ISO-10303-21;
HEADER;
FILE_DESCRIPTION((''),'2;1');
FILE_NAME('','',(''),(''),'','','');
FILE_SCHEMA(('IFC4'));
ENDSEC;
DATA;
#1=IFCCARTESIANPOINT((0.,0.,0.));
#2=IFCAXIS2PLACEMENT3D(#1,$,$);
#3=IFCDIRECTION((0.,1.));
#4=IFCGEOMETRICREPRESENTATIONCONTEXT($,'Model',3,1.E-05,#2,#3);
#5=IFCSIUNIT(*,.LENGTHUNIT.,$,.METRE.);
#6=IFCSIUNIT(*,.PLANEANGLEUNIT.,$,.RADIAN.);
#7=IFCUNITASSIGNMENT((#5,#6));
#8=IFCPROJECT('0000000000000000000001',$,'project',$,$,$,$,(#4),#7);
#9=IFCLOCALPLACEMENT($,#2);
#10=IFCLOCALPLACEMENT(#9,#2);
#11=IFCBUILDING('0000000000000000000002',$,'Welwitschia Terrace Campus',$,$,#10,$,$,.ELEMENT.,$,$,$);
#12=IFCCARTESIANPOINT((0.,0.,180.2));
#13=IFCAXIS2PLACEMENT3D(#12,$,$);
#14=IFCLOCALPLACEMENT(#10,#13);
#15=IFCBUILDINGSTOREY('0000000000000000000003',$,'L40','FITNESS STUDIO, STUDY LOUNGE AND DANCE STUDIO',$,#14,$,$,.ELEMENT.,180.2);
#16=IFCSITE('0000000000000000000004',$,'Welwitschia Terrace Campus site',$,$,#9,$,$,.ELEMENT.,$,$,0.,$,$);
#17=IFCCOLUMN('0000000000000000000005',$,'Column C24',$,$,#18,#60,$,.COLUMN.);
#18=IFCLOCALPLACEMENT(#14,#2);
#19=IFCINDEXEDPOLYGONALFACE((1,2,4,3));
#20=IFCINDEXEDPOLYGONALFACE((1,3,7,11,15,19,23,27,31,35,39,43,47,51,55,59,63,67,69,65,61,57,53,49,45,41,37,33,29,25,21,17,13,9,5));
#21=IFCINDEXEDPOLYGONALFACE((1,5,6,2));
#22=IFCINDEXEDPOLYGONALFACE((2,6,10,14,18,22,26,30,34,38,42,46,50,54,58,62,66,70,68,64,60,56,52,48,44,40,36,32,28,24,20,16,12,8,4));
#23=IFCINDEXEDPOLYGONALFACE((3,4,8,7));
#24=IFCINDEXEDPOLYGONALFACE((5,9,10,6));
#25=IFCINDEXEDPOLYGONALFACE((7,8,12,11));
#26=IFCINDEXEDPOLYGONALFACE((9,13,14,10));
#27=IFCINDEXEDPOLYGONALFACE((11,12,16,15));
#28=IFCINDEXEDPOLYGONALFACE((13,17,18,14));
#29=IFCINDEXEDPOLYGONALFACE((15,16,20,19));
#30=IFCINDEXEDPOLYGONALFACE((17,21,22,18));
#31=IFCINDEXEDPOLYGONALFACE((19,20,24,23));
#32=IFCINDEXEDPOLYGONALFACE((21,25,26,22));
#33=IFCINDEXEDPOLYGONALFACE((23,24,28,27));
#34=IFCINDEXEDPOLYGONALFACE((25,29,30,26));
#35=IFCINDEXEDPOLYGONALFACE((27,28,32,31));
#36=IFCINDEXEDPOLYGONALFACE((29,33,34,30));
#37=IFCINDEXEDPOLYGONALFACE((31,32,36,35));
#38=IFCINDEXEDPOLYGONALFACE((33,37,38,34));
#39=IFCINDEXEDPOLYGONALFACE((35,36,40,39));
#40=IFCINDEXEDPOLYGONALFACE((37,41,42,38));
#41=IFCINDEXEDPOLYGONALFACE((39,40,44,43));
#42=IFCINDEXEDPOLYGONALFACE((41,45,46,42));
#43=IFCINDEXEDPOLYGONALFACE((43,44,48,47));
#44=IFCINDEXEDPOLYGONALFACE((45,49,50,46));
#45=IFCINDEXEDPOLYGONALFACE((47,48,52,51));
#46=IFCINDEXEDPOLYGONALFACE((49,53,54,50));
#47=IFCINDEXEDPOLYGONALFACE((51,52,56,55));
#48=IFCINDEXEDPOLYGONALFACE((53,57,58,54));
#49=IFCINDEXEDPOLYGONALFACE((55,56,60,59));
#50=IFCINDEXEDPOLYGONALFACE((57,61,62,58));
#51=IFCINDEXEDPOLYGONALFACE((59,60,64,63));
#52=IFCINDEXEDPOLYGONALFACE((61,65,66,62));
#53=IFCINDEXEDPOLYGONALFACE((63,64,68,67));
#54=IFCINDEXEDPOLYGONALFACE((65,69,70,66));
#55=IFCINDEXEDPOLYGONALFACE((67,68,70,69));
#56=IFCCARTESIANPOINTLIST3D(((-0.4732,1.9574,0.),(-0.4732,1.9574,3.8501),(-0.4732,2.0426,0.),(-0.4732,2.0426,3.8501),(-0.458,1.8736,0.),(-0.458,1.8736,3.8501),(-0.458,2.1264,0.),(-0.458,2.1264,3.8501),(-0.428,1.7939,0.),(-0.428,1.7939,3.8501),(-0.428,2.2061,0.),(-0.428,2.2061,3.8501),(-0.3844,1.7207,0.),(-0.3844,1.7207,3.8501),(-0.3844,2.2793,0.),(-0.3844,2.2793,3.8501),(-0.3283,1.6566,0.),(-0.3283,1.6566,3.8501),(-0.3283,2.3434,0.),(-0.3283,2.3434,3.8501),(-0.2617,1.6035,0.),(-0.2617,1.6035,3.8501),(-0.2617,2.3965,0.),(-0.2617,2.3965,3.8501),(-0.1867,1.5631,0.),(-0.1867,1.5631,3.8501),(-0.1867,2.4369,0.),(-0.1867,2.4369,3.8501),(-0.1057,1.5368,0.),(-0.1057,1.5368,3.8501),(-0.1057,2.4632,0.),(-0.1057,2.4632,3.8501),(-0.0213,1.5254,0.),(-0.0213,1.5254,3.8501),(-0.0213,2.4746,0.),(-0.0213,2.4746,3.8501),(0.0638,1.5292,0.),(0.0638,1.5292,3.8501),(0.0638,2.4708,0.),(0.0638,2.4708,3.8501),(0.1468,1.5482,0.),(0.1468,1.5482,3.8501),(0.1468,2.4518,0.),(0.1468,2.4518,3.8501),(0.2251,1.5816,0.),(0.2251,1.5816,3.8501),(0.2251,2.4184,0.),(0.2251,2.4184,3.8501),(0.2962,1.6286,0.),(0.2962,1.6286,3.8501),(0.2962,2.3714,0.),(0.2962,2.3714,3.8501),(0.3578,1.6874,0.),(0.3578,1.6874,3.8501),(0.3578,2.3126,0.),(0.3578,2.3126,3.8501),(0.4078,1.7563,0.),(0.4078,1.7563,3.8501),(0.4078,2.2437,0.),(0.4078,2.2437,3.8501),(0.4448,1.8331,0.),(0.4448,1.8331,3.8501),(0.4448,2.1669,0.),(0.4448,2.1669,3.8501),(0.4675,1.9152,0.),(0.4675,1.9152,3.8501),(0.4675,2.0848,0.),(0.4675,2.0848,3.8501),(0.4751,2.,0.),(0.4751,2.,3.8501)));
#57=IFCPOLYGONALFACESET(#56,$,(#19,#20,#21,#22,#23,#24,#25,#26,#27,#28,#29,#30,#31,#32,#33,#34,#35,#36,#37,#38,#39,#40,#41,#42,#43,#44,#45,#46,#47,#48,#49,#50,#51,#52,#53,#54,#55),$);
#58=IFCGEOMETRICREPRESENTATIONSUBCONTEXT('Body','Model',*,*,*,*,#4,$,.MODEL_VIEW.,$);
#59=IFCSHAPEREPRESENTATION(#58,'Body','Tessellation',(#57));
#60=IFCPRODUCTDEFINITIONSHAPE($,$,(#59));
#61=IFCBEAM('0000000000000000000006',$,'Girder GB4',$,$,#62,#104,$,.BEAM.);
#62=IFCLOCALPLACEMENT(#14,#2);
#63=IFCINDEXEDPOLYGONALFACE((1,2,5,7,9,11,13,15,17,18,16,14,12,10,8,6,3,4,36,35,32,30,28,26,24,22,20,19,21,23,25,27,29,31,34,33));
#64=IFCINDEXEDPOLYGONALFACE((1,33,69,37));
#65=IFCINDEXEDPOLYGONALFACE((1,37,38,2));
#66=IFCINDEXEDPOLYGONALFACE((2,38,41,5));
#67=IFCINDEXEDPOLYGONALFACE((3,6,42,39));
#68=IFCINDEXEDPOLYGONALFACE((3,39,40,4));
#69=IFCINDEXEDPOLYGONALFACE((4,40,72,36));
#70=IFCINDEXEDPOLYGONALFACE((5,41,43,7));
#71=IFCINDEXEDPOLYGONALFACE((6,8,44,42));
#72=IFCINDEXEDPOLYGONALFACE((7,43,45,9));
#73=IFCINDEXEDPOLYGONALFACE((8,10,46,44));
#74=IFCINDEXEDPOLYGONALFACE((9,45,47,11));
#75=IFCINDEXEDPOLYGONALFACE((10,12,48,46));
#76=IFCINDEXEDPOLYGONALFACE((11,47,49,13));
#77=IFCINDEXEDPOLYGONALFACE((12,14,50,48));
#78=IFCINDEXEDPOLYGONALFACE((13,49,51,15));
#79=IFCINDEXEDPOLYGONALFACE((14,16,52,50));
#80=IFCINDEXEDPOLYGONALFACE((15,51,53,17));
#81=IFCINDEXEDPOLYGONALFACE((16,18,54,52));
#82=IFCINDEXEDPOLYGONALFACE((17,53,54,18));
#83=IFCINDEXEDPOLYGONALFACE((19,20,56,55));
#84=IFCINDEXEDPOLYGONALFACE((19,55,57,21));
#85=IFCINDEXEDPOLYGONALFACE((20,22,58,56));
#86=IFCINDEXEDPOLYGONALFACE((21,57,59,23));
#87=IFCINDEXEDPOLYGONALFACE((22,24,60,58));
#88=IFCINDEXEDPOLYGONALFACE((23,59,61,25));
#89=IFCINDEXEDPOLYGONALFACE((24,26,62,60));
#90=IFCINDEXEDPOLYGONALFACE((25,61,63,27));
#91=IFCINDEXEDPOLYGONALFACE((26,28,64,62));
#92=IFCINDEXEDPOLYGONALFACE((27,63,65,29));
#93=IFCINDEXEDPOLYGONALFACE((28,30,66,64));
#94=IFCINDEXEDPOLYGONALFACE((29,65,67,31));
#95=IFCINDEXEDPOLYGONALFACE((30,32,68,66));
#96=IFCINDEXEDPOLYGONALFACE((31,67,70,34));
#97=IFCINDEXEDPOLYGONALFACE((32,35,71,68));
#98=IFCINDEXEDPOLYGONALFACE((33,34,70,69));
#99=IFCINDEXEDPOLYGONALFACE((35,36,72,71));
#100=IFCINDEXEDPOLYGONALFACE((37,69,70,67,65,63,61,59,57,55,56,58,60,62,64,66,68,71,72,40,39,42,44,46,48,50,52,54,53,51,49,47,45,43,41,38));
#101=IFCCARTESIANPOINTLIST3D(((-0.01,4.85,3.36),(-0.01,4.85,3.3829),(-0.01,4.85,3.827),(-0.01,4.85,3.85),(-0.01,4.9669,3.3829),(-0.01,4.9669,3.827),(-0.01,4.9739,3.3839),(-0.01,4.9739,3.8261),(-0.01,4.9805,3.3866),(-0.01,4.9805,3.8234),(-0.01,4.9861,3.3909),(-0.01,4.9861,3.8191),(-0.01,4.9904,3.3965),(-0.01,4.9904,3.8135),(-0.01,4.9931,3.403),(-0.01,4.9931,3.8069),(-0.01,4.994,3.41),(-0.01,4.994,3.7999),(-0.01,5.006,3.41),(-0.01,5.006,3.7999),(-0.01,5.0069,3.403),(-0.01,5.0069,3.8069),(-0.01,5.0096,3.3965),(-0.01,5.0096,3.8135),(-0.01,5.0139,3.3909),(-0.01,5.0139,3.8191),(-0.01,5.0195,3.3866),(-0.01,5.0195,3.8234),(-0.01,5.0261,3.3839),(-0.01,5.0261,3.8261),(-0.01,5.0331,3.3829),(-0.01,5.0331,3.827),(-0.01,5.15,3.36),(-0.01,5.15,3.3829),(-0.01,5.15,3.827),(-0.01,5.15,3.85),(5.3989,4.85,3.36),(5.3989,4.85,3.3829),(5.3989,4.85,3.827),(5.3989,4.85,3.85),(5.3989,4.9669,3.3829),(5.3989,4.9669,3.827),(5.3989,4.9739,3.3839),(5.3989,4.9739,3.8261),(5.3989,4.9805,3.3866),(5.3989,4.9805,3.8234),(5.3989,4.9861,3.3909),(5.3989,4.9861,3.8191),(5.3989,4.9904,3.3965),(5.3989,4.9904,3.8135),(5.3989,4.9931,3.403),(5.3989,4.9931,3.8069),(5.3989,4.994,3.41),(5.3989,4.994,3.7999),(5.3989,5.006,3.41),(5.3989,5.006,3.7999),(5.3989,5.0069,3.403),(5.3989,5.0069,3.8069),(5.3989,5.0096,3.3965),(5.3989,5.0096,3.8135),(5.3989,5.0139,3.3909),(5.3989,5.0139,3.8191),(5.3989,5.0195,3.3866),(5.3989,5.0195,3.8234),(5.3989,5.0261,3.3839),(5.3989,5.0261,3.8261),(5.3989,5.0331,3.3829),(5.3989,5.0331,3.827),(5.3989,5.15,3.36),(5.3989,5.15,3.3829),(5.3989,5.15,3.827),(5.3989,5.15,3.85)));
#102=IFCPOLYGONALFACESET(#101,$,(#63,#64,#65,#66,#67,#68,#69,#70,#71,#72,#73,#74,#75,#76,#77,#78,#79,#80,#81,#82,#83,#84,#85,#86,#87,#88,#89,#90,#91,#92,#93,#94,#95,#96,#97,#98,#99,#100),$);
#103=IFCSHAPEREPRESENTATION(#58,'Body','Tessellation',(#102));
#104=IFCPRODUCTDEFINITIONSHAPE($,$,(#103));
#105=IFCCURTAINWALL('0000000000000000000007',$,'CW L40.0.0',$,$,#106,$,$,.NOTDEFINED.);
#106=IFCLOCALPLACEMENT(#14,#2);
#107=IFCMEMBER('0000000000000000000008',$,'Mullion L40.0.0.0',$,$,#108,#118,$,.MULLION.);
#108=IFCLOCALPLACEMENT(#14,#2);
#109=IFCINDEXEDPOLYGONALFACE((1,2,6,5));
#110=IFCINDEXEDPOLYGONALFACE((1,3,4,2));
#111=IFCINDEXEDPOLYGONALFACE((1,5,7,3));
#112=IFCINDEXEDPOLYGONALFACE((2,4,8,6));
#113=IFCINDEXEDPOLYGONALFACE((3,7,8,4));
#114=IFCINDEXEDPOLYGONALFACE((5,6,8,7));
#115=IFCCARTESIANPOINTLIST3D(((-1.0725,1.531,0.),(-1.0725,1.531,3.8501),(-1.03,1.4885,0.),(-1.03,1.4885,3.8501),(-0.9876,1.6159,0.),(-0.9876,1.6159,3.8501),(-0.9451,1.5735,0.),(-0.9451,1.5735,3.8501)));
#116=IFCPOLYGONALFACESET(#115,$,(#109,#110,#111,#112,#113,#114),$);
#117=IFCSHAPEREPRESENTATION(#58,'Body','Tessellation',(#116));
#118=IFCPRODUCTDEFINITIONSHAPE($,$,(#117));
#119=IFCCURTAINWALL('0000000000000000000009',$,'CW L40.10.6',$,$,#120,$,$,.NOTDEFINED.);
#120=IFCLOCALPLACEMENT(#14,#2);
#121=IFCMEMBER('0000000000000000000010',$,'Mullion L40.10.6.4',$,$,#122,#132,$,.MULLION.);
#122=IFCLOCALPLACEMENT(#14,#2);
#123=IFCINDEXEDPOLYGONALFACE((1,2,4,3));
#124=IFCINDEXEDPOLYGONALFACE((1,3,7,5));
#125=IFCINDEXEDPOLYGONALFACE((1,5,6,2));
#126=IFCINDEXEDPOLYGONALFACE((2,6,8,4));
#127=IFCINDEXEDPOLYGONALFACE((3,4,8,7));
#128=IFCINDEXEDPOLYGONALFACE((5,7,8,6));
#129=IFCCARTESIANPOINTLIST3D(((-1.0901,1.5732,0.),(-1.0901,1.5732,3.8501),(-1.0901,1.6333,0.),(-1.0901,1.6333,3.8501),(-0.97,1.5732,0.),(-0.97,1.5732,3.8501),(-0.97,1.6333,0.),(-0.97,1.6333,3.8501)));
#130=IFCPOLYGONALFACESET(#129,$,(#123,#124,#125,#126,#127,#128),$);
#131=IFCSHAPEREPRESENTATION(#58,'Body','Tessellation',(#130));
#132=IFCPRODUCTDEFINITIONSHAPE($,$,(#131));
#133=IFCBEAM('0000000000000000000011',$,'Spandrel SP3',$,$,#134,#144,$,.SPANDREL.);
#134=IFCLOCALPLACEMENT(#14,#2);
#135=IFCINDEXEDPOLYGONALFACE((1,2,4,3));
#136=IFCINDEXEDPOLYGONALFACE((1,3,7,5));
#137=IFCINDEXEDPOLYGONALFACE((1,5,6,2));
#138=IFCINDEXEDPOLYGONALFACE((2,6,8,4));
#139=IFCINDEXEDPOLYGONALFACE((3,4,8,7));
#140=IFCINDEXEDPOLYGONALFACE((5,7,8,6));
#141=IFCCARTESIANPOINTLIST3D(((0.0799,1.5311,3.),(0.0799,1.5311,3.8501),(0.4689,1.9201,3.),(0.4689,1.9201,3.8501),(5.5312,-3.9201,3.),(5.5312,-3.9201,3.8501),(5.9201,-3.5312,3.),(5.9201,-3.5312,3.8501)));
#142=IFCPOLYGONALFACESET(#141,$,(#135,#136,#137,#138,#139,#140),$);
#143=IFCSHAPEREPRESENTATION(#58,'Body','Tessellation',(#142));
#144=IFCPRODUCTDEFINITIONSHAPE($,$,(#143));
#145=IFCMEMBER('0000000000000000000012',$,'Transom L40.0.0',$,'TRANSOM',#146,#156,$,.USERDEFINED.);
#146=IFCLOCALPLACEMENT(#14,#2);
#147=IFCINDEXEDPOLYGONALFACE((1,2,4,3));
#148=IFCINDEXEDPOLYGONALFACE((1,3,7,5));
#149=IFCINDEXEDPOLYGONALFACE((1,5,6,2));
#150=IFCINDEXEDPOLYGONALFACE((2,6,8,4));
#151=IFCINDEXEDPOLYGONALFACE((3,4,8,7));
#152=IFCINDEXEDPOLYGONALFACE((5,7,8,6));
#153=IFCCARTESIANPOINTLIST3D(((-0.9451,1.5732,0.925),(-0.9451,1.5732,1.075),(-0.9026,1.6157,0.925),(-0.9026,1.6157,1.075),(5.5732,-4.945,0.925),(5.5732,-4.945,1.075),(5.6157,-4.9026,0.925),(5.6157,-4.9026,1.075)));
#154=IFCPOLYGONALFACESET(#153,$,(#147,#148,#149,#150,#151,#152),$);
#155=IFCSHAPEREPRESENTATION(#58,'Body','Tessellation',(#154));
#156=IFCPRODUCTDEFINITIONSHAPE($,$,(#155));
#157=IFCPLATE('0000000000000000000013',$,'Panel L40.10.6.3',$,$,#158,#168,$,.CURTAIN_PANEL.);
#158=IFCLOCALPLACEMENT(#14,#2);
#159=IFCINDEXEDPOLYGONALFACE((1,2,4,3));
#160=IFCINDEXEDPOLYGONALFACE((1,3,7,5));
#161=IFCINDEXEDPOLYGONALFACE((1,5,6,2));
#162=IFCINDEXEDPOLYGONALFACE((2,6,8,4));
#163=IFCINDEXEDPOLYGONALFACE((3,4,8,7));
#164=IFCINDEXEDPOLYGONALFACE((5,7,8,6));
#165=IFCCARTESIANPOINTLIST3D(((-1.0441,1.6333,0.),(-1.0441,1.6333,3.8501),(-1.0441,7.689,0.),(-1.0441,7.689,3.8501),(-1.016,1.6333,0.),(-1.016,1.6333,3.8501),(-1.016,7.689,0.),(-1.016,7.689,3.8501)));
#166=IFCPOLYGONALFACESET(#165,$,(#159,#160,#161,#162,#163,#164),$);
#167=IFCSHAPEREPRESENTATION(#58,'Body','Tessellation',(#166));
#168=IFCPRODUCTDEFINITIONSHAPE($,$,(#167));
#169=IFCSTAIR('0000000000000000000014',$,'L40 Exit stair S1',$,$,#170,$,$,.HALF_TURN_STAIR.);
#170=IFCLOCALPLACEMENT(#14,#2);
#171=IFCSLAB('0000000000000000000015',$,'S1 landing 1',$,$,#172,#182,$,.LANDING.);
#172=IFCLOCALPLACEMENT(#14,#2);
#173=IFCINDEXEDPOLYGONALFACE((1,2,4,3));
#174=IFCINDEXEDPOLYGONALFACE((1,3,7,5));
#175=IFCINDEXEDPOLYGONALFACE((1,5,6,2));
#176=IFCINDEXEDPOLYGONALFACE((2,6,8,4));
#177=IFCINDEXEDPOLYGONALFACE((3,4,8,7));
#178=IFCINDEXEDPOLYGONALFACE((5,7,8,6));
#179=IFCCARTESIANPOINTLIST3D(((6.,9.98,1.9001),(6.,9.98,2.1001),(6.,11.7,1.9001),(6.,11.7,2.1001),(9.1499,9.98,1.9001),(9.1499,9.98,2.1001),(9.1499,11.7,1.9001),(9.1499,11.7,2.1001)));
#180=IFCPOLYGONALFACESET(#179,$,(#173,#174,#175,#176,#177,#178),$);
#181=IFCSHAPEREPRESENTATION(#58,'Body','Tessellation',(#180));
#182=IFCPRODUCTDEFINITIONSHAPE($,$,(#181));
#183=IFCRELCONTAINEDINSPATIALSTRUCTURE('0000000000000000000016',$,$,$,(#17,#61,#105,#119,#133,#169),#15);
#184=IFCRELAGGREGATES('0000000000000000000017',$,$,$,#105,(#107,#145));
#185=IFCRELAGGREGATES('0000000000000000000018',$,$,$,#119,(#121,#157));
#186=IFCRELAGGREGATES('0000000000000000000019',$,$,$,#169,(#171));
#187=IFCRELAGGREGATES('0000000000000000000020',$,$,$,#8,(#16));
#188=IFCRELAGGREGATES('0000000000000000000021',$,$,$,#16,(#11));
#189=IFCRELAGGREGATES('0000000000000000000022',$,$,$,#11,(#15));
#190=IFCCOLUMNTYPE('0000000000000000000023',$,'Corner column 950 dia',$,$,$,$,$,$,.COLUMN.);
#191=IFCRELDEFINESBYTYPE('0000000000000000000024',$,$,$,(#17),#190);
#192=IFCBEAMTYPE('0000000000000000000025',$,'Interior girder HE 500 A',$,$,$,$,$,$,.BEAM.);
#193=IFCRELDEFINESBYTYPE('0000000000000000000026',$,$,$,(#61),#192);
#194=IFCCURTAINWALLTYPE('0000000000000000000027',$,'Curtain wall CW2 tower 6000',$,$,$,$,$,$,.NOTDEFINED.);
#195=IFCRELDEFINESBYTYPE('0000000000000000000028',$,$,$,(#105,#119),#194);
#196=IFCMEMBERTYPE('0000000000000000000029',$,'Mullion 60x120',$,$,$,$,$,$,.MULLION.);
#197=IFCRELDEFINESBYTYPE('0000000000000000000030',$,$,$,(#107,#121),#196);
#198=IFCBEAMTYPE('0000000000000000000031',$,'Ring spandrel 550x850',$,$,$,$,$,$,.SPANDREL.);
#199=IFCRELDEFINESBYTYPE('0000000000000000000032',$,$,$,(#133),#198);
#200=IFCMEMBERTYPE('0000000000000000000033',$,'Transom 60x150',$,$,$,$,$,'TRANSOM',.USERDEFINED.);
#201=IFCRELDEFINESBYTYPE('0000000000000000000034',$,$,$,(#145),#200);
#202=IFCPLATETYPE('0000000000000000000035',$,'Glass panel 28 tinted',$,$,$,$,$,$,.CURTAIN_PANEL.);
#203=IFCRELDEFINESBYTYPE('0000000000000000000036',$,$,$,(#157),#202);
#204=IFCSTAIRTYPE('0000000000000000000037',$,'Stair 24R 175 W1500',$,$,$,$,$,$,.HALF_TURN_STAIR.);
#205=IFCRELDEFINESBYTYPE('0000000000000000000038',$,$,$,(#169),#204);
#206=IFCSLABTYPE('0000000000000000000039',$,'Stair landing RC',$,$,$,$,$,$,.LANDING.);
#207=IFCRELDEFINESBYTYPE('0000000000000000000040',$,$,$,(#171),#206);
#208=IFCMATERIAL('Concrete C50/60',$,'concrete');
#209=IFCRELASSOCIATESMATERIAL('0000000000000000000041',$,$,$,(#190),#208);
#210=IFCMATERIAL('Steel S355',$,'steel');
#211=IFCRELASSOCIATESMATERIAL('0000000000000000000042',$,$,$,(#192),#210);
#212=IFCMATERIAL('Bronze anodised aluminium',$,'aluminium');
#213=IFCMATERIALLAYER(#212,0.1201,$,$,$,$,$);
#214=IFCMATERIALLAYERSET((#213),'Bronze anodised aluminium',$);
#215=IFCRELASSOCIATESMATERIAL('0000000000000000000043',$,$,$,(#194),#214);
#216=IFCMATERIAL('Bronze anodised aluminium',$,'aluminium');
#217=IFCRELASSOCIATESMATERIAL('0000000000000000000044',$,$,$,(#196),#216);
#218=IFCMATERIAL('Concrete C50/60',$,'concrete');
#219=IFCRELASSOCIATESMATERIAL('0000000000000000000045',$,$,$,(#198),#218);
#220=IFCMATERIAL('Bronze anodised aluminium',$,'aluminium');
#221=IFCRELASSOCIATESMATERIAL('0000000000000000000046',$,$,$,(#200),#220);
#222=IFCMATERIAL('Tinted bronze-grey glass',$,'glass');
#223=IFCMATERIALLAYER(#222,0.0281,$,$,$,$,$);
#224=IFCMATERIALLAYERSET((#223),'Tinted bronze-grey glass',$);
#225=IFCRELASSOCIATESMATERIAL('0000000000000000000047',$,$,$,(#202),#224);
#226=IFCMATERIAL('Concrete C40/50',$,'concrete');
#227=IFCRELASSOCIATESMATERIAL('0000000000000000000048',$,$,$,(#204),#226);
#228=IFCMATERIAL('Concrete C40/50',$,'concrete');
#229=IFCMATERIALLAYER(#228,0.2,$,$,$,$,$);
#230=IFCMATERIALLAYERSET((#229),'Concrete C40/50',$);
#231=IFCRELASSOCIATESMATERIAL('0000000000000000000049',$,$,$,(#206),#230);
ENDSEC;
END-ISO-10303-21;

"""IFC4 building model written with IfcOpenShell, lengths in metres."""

from ifc_helpers import new_model, si_unit, direction, frame, origin, origin_2d, place, context, subcontext, project, spatial, polyline, rectangle, circle, i_section, outline, extrude, material, layer, layer_set, material_profile, profile_set, type_object, element, aggregate, save


model = new_model("IFC4")

# Units and contexts
model_context = context("Model", 3, precision=1e-05, world=origin(), true_north=direction((0.0, 1.0)))
body_context = subcontext(model_context, "Body", "Model", "MODEL_VIEW")
ifc_project = project(units=[si_unit("LENGTHUNIT", "METRE"), si_unit("PLANEANGLEUNIT", "RADIAN")], contexts=[model_context])

# Site, building, storey
site_placement = place(None, origin())
site = spatial("IfcSite", under=ifc_project, at=site_placement, Name="Welwitschia Terrace Campus site", CompositionType="ELEMENT", RefElevation=0.0)
building_placement = place(site_placement, origin())
building = spatial("IfcBuilding", under=site, at=building_placement, Name="Welwitschia Terrace Campus", CompositionType="ELEMENT")
storey_placement = place(building_placement, frame((0.0, 0.0, 180.2)))
storey = spatial("IfcBuildingStorey", under=building, at=storey_placement, Name="L40", Description="FITNESS STUDIO, STUDY LOUNGE AND DANCE STUDIO", CompositionType="ELEMENT", Elevation=180.2)

# Column
ifc_material_1 = material(Name="Concrete C50/60", Category="concrete")
ifc_material_profile_1 = material_profile(ifc_material_1, circle(Radius=0.4751, at=origin_2d()))
ifc_profile_set_1 = profile_set([ifc_material_profile_1], Name="Concrete C50/60")
column_type = type_object("IfcColumnType", Name="Corner column 950 dia", PredefinedType="COLUMN", material=ifc_profile_set_1)
column_placement = place(storey_placement, frame((0.0, 2.0, 0.0), z_axis=(0.0, 0.0, 1.0), x_axis=(1.0, 0.0, 0.0)))
element("IfcColumn", 1, at=column_placement, inside=storey, type_object=column_type, Name="Column C24", PredefinedType="COLUMN", context=body_context, shape_type="SweptSolid", body=[
    extrude(circle(Radius=0.4751, at=origin_2d()), origin(), (0.0, 0.0, 1.0), 3.8501),
])

# Beam
ifc_material_2 = material(Name="Steel S355", Category="steel")
ifc_material_profile_2 = material_profile(ifc_material_2, i_section(OverallWidth=0.3, OverallDepth=0.49, WebThickness=0.012, FlangeThickness=0.0229, FilletRadius=0.0271, at=origin_2d()))
ifc_profile_set_2 = profile_set([ifc_material_profile_2], Name="Steel S355")
beam_type_1 = type_object("IfcBeamType", Name="Interior girder HE 500 A", PredefinedType="BEAM", material=ifc_profile_set_2)
beam_1_placement = place(storey_placement, frame((-0.01, 5.0, 3.605), z_axis=(1.0, 0.0, 0.0), x_axis=(0.0, 1.0, 0.0)))
element("IfcBeam", 2, at=beam_1_placement, inside=storey, type_object=beam_type_1, Name="Girder GB4", PredefinedType="BEAM", context=body_context, shape_type="SweptSolid", body=[
    extrude(i_section(OverallWidth=0.3, OverallDepth=0.49, WebThickness=0.012, FlangeThickness=0.0229, FilletRadius=0.0271, at=origin_2d()), origin(), (0.0, 0.0, 1.0), 5.4089),
])

# Curtain walls, members
ifc_material_3 = material(Name="Bronze anodised aluminium", Category="aluminium")
ifc_layer_1 = layer(ifc_material_3, 0.1201)
ifc_layer_set_1 = layer_set([ifc_layer_1], Name="Bronze anodised aluminium")
curtain_wall_type = type_object("IfcCurtainWallType", Name="Curtain wall CW2 tower 6000", PredefinedType="NOTDEFINED", material=ifc_layer_set_1)
curtain_wall_1_placement = place(storey_placement, origin())
curtain_wall_1 = element("IfcCurtainWall", 3, at=curtain_wall_1_placement, inside=storey, type_object=curtain_wall_type, Name="CW L40.0.0", PredefinedType="NOTDEFINED")
ifc_material_4 = material(Name="Bronze anodised aluminium", Category="aluminium")
ifc_material_profile_3 = material_profile(ifc_material_4, rectangle(XDim=0.1201, YDim=0.0601, at=origin_2d()))
ifc_profile_set_3 = profile_set([ifc_material_profile_3], Name="Bronze anodised aluminium")
member_type_1 = type_object("IfcMemberType", Name="Mullion 60x120", PredefinedType="MULLION", material=ifc_profile_set_3)
member_1_placement = place(storey_placement, frame((-1.0088, 1.5522, 0.0), z_axis=(0.0, 0.0, 1.0), x_axis=(0.707107, 0.707107, 0.0)))
member_1 = element("IfcMember", 4, at=member_1_placement, type_object=member_type_1, Name="Mullion L40.0.0.0", PredefinedType="MULLION", context=body_context, shape_type="SweptSolid", body=[
    extrude(rectangle(XDim=0.1201, YDim=0.0601, at=origin_2d()), origin(), (0.0, 0.0, 1.0), 3.8501),
])
curtain_wall_2_placement = place(storey_placement, origin())
curtain_wall_2 = element("IfcCurtainWall", 5, at=curtain_wall_2_placement, inside=storey, type_object=curtain_wall_type, Name="CW L40.10.6", PredefinedType="NOTDEFINED")
member_2_placement = place(storey_placement, frame((-1.03, 1.6033, 0.0), z_axis=(0.0, 0.0, 1.0), x_axis=(1.0, 0.0, 0.0)))
member_2 = element("IfcMember", 6, at=member_2_placement, type_object=member_type_1, Name="Mullion L40.10.6.4", PredefinedType="MULLION", context=body_context, shape_type="SweptSolid", body=[
    extrude(rectangle(XDim=0.1201, YDim=0.0601, at=origin_2d()), origin(), (0.0, 0.0, 1.0), 3.8501),
])

# Beam
ifc_material_5 = material(Name="Concrete C50/60", Category="concrete")
ifc_material_profile_4 = material_profile(ifc_material_5, rectangle(XDim=0.55, YDim=0.8501, at=origin_2d()))
ifc_profile_set_4 = profile_set([ifc_material_profile_4], Name="Concrete C50/60")
beam_type_2 = type_object("IfcBeamType", Name="Ring spandrel 550x850", PredefinedType="SPANDREL", material=ifc_profile_set_4)
beam_2_placement = place(storey_placement, frame((0.2744, 1.7256, 3.425), z_axis=(0.707107, -0.707107, 0.0), x_axis=(0.707107, 0.707107, 0.0)))
element("IfcBeam", 7, at=beam_2_placement, inside=storey, type_object=beam_type_2, Name="Spandrel SP3", PredefinedType="SPANDREL", context=body_context, shape_type="SweptSolid", body=[
    extrude(rectangle(XDim=0.55, YDim=0.8501, at=origin_2d()), origin(), (0.0, 0.0, 1.0), 7.7092),
])

# Member
ifc_material_6 = material(Name="Bronze anodised aluminium", Category="aluminium")
ifc_material_profile_5 = material_profile(ifc_material_6, rectangle(XDim=0.0601, YDim=0.1499, at=origin_2d()))
ifc_profile_set_5 = profile_set([ifc_material_profile_5], Name="Bronze anodised aluminium")
member_type_2 = type_object("IfcMemberType", Name="Transom 60x150", ElementType="TRANSOM", PredefinedType="USERDEFINED", material=ifc_profile_set_5)
member_3_placement = place(storey_placement, frame((-0.9238, 1.5945, 1.0), z_axis=(0.707107, -0.707107, 0.0), x_axis=(0.707107, 0.707107, 0.0)))
member_3 = element("IfcMember", 8, at=member_3_placement, type_object=member_type_2, Name="Transom L40.0.0", ObjectType="TRANSOM", PredefinedType="USERDEFINED", context=body_context, shape_type="SweptSolid", body=[
    extrude(rectangle(XDim=0.0601, YDim=0.1499, at=origin_2d()), origin(), (0.0, 0.0, 1.0), 9.2183),
])
aggregate(curtain_wall_1, [member_1, member_3])

# Plate
ifc_material_7 = material(Name="Tinted bronze-grey glass", Category="glass")
ifc_layer_2 = layer(ifc_material_7, 0.0281)
ifc_layer_set_2 = layer_set([ifc_layer_2], Name="Tinted bronze-grey glass")
plate_type = type_object("IfcPlateType", Name="Glass panel 28 tinted", PredefinedType="CURTAIN_PANEL", material=ifc_layer_set_2)
plate_placement = place(storey_placement, frame((-1.03, 4.6611, 0.0), z_axis=(0.0, 0.0, 1.0), x_axis=(0.0, -1.0, 0.0)))
plate = element("IfcPlate", 9, at=plate_placement, type_object=plate_type, Name="Panel L40.10.6.3", PredefinedType="CURTAIN_PANEL", context=body_context, shape_type="SweptSolid", body=[
    extrude(rectangle(XDim=6.0557, YDim=0.0281, at=origin_2d()), origin(), (0.0, 0.0, 1.0), 3.8501),
])
aggregate(curtain_wall_2, [member_2, plate])

# Stair, slab
ifc_material_8 = material(Name="Concrete C40/50", Category="concrete")
stair_type = type_object("IfcStairType", Name="Stair 24R 175 W1500", PredefinedType="HALF_TURN_STAIR", material=ifc_material_8)
stair_1_placement = place(storey_placement, origin())
stair_1 = element("IfcStair", 10, at=stair_1_placement, inside=storey, type_object=stair_type, Name="L40 Exit stair S1", PredefinedType="HALF_TURN_STAIR")
ifc_material_9 = material(Name="Concrete C40/50", Category="concrete")
ifc_layer_3 = layer(ifc_material_9, 0.2)
ifc_layer_set_3 = layer_set([ifc_layer_3], Name="Concrete C40/50")
slab_type_1 = type_object("IfcSlabType", Name="Stair landing RC", PredefinedType="LANDING", material=ifc_layer_set_3)
slab_1_placement = place(storey_placement, frame((0.0, 0.0, 1.9001)))
slab_1 = element("IfcSlab", 11, at=slab_1_placement, type_object=slab_type_1, Name="S1 landing 1", PredefinedType="LANDING", context=body_context, shape_type="SweptSolid", body=[
    extrude(outline(polyline([(9.1499, 9.98), (9.1499, 11.7), (6.0, 11.7), (6.0, 9.98), (9.1499, 9.98)])), origin(), (0.0, 0.0, 1.0), 0.2),
])
aggregate(stair_1, [slab_1])

save(model, "model.ifc")
